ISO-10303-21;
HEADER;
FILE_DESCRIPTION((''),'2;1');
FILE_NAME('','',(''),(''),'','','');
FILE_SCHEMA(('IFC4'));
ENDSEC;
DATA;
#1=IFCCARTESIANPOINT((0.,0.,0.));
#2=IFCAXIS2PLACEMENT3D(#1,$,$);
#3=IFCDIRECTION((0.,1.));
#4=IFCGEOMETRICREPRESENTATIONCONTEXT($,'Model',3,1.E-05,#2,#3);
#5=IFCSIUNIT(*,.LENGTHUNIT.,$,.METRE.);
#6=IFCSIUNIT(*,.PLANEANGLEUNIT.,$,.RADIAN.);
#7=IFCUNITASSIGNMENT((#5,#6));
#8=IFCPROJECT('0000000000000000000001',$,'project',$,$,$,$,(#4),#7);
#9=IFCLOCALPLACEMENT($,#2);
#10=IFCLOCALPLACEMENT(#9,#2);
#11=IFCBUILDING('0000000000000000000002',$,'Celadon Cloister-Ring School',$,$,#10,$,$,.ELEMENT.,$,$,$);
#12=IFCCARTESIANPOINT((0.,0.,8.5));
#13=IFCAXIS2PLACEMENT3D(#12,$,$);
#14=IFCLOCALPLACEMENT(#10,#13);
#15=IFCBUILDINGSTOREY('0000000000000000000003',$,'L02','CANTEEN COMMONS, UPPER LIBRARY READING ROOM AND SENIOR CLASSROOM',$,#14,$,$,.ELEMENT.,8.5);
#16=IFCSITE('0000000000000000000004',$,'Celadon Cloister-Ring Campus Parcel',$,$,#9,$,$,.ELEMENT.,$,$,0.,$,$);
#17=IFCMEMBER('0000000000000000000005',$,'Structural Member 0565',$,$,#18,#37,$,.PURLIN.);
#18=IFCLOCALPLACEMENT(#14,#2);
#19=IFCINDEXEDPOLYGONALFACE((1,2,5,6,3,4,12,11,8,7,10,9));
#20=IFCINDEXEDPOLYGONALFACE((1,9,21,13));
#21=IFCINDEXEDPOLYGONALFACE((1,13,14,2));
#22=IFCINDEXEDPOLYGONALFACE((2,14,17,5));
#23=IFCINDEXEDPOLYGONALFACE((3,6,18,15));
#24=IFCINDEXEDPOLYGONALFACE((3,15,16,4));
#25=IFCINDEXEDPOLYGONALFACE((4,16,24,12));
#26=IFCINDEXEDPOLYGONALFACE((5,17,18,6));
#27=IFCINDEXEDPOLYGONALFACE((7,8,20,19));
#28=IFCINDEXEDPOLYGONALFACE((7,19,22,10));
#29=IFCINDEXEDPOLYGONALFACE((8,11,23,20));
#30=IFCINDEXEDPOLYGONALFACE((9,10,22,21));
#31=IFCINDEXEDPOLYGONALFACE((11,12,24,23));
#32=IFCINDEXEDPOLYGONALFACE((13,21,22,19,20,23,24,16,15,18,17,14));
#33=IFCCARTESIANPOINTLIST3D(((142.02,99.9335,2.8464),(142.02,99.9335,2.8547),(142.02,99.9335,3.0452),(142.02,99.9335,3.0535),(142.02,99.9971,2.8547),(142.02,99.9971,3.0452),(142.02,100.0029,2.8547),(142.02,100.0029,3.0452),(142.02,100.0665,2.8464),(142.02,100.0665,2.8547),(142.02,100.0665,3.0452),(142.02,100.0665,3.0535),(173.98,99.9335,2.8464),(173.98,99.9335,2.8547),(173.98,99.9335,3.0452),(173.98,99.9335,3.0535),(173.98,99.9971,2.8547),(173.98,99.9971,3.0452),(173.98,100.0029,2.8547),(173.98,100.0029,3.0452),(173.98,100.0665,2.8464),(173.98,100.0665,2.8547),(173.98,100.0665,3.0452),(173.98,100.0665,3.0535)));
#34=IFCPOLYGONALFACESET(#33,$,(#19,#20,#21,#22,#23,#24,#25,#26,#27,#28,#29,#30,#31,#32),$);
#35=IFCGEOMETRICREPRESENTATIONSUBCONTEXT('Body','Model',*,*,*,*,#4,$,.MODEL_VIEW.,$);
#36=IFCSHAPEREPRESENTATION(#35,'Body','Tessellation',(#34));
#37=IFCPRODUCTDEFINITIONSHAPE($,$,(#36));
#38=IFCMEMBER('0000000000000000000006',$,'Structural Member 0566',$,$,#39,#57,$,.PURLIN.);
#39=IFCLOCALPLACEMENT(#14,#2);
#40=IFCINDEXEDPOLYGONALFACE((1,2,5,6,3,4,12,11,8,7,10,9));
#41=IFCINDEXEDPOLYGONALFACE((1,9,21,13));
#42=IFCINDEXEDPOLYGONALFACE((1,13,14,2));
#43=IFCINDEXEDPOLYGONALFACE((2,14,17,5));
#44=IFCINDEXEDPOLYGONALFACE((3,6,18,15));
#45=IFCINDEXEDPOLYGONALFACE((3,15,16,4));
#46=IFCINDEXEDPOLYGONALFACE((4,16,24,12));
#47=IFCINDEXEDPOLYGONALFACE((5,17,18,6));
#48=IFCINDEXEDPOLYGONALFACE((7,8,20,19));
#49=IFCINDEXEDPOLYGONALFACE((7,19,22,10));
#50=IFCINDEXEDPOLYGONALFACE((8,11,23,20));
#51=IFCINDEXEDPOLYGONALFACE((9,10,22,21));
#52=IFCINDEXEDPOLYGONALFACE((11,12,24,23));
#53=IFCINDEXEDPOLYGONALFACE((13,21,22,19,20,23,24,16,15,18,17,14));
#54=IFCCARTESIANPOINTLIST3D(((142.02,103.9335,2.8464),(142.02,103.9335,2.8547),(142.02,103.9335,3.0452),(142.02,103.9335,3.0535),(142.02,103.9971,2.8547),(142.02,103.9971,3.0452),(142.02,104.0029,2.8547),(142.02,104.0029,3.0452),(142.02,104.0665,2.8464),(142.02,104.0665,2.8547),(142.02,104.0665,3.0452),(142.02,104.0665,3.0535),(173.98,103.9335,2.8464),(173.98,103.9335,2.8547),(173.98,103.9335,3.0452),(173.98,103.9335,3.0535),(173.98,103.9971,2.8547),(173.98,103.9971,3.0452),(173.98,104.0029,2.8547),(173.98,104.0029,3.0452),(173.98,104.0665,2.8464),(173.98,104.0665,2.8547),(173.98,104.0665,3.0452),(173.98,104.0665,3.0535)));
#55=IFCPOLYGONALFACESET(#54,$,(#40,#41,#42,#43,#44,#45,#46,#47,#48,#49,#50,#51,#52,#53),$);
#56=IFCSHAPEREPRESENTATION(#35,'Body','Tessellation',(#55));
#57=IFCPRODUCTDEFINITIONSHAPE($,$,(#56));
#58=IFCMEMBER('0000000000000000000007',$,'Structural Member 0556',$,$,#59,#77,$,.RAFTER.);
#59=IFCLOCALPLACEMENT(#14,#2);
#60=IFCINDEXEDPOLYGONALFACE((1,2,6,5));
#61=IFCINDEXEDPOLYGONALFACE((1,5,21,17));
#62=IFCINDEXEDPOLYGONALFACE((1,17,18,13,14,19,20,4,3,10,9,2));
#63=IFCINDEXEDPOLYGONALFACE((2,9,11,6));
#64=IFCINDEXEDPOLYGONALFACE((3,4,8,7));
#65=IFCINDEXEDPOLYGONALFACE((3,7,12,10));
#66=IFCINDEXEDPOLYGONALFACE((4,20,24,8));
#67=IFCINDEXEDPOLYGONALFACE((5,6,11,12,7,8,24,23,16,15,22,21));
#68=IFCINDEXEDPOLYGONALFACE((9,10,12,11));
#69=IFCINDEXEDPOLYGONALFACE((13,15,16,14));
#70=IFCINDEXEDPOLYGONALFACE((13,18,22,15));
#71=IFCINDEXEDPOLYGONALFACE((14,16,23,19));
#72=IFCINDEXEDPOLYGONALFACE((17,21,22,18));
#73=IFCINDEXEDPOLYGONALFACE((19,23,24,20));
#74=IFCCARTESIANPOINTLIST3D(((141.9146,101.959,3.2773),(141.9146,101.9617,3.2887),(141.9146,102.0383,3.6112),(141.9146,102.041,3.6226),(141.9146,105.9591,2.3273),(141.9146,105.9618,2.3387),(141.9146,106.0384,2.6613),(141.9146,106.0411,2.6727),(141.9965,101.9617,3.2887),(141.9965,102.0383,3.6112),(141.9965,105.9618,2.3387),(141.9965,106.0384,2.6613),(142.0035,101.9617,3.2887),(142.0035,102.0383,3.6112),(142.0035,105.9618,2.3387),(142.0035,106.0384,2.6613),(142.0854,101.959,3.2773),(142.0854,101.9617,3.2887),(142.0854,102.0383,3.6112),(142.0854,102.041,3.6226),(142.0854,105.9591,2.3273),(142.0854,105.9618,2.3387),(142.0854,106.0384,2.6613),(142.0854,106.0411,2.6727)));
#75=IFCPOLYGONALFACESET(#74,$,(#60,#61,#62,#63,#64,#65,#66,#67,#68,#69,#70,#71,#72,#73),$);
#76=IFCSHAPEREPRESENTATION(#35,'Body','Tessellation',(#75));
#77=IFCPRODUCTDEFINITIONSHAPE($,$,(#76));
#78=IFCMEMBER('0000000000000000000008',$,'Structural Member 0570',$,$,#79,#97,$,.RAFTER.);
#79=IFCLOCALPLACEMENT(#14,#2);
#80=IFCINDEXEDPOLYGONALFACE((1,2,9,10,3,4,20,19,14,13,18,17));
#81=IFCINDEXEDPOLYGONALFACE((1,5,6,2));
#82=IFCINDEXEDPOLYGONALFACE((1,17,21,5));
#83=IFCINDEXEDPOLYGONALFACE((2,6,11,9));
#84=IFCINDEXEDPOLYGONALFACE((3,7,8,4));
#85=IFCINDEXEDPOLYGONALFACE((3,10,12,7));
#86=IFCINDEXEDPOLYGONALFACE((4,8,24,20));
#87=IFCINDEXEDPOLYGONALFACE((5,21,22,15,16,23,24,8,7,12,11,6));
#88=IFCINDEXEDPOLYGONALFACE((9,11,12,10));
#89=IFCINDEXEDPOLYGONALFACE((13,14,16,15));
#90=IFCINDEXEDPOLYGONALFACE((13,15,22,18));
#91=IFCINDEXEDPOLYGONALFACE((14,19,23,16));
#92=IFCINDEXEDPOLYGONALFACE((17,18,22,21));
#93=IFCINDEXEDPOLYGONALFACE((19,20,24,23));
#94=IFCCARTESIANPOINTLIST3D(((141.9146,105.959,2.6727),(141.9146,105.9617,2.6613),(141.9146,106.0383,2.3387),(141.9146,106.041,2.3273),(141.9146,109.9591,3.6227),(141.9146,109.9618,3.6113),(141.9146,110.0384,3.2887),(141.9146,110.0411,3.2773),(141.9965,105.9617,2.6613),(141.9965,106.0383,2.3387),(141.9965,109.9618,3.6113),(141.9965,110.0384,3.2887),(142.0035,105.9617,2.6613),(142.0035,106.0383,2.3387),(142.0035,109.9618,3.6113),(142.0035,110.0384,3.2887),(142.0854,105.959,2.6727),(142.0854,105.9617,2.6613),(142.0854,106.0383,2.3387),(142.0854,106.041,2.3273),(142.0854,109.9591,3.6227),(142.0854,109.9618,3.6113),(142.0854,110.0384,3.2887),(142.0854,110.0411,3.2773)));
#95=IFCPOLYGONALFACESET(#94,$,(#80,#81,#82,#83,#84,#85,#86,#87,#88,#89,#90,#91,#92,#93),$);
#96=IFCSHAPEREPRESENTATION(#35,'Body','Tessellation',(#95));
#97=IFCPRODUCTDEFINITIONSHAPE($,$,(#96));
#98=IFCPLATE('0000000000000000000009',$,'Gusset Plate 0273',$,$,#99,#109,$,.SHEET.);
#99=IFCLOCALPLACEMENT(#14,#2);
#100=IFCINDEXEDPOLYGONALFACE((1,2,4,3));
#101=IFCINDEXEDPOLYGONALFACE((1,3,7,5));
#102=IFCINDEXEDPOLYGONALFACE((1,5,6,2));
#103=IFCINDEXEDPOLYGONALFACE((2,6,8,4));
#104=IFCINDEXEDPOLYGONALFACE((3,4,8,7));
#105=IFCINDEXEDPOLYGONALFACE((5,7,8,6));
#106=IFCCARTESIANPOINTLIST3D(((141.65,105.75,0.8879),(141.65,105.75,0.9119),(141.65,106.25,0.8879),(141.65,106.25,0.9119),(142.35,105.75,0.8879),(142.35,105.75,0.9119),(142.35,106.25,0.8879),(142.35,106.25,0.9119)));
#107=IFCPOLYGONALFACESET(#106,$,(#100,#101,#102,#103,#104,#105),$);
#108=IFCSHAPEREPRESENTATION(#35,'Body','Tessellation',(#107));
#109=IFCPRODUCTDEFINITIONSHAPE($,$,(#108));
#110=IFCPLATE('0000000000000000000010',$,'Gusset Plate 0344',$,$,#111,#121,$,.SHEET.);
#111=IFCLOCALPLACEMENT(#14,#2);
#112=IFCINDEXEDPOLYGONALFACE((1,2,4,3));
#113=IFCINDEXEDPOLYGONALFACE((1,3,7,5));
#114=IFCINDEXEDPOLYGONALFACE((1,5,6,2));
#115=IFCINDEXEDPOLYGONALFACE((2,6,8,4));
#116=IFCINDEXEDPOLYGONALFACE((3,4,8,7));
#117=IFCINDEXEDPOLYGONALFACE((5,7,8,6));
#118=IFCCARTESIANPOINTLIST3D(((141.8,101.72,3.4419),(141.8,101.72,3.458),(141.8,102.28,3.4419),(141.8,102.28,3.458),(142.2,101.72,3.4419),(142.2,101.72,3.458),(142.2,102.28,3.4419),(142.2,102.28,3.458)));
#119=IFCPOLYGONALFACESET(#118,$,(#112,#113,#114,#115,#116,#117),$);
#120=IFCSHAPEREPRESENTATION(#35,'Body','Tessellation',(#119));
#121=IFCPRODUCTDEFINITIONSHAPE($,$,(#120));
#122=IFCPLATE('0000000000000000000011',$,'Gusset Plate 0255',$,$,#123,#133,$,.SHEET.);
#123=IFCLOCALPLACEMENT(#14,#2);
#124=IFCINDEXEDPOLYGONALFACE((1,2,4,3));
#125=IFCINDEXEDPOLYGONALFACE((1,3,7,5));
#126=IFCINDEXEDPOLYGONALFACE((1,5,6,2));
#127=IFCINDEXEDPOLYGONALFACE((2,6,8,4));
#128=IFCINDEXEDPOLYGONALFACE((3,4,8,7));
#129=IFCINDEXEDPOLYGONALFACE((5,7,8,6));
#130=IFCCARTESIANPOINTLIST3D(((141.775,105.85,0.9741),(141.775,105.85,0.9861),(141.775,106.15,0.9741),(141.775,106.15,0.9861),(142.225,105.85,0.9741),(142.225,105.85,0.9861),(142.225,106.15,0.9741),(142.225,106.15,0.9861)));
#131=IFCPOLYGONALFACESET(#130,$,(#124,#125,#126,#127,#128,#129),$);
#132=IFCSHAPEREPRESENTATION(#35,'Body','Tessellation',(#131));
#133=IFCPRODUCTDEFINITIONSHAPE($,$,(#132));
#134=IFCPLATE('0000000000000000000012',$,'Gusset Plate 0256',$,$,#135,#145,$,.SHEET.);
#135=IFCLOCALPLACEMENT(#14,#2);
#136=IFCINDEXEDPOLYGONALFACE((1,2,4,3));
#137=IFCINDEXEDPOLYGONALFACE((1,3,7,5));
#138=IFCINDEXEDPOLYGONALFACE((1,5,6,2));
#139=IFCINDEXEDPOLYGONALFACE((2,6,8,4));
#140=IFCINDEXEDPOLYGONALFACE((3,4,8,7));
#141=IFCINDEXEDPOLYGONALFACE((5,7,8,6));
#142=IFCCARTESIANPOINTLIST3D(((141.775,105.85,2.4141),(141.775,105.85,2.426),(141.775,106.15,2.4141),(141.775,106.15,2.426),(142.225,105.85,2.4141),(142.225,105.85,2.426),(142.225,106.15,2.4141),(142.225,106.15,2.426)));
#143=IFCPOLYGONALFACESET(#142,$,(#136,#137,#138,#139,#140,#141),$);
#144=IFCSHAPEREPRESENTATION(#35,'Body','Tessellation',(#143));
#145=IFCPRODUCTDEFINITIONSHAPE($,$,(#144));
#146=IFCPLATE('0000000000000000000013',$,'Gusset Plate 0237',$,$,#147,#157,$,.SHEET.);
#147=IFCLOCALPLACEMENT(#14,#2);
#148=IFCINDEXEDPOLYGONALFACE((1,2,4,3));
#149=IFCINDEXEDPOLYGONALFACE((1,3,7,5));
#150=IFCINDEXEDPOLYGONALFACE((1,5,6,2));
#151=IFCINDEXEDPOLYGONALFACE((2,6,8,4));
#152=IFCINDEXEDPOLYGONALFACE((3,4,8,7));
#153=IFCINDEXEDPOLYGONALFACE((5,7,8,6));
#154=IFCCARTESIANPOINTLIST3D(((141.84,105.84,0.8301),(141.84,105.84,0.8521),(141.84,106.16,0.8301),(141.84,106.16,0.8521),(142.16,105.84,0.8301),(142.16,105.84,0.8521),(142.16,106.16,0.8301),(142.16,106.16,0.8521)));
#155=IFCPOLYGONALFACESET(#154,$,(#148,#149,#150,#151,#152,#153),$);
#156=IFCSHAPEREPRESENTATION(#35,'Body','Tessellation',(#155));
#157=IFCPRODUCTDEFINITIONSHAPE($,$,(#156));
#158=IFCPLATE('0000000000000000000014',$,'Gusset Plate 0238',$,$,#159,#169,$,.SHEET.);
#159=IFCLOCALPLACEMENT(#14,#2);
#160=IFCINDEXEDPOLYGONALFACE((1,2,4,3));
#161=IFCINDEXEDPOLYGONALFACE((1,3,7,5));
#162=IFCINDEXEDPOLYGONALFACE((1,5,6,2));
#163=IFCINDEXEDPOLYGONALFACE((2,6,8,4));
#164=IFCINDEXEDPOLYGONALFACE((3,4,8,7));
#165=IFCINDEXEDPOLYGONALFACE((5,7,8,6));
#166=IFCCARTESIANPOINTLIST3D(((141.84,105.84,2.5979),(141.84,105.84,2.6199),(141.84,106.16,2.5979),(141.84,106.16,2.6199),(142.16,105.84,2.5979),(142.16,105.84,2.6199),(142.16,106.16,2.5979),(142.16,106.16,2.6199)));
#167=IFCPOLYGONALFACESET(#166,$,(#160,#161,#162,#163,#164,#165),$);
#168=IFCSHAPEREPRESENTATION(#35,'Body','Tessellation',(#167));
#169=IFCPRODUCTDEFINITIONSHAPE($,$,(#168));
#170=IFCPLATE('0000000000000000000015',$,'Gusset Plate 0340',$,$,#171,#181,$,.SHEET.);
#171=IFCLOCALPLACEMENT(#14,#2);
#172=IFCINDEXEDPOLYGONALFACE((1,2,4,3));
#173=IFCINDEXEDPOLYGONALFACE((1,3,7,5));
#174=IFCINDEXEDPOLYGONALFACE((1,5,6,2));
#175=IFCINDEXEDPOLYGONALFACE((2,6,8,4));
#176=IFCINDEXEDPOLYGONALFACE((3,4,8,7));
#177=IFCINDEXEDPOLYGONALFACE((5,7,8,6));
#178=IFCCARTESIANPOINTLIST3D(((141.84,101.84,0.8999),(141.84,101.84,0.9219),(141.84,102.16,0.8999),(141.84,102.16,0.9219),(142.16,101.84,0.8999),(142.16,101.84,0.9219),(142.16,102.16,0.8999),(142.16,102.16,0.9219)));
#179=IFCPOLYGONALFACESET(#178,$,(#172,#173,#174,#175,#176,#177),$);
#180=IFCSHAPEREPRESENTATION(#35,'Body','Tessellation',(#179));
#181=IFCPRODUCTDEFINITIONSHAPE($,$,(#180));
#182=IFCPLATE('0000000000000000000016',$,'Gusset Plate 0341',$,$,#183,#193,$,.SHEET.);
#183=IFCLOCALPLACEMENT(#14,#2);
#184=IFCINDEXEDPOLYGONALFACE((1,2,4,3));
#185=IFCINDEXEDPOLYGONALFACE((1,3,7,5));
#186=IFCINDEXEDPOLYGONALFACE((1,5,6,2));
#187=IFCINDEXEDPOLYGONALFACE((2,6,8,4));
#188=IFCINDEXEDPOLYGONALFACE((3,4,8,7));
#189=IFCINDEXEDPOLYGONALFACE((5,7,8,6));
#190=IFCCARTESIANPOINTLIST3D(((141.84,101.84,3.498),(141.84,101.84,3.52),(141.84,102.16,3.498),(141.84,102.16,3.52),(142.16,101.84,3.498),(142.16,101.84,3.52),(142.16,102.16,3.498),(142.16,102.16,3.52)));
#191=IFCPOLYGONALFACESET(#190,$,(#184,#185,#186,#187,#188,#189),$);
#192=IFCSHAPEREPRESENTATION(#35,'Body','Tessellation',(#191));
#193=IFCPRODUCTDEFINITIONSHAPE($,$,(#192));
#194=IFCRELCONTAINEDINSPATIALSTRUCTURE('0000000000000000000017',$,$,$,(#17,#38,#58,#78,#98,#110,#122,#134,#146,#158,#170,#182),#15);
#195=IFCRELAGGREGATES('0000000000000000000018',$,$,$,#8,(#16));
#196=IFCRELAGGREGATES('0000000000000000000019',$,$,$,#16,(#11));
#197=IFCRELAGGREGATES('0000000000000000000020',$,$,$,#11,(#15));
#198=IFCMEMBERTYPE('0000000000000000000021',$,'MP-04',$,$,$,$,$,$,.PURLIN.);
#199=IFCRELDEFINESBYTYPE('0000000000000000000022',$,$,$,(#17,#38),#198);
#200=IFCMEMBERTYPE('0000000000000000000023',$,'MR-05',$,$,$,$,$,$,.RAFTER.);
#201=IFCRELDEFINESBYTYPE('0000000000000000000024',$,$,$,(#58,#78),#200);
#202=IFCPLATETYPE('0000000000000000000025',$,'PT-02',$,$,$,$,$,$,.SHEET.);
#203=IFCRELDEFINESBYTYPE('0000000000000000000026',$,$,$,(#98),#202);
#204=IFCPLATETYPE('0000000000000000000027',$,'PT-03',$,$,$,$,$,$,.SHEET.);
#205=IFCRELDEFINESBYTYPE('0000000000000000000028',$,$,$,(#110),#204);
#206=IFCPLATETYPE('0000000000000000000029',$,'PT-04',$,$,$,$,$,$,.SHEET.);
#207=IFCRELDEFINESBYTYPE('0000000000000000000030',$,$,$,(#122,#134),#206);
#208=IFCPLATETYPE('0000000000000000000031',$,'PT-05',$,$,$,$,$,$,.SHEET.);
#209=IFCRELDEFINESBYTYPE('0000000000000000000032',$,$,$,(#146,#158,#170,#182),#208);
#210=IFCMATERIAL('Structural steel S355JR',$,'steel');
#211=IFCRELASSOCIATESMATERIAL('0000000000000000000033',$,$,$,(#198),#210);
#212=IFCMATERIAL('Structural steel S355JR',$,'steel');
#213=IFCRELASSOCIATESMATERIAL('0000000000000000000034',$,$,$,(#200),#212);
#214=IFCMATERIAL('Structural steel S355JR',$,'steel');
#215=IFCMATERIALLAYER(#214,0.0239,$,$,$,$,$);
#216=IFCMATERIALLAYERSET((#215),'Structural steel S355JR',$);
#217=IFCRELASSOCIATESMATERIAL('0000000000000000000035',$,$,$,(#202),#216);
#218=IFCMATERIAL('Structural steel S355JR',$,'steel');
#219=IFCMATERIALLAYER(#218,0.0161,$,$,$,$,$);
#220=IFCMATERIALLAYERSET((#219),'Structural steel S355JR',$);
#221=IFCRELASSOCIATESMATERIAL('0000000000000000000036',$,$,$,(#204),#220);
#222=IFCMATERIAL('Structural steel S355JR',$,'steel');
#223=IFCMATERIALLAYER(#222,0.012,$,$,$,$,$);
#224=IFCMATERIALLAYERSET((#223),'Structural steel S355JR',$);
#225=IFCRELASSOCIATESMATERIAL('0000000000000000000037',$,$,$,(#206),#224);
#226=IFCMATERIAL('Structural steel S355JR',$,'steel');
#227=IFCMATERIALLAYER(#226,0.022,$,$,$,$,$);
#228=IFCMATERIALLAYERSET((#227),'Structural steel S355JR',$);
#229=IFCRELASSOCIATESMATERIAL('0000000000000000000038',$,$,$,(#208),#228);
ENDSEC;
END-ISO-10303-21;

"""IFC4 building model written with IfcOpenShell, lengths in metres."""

from ifc_helpers import new_model, si_unit, direction, frame, origin, origin_2d, place, context, subcontext, project, spatial, rectangle, i_section, extrude, material, layer, layer_set, material_profile, profile_set, type_object, element, save


model = new_model("IFC4")

# Units and contexts
model_context = context("Model", 3, precision=1e-05, world=origin(), true_north=direction((0.0, 1.0)))
body_context = subcontext(model_context, "Body", "Model", "MODEL_VIEW")
ifc_project = project(units=[si_unit("LENGTHUNIT", "METRE"), si_unit("PLANEANGLEUNIT", "RADIAN")], contexts=[model_context])

# Site, building, storey
site_placement = place(None, origin())
site = spatial("IfcSite", under=ifc_project, at=site_placement, Name="Celadon Cloister-Ring Campus Parcel", CompositionType="ELEMENT", RefElevation=0.0)
building_placement = place(site_placement, origin())
building = spatial("IfcBuilding", under=site, at=building_placement, Name="Celadon Cloister-Ring School", CompositionType="ELEMENT")
storey_placement = place(building_placement, frame((0.0, 0.0, 8.5)))
storey = spatial("IfcBuildingStorey", under=building, at=storey_placement, Name="L02", Description="CANTEEN COMMONS, UPPER LIBRARY READING ROOM AND SENIOR CLASSROOM", CompositionType="ELEMENT", Elevation=8.5)

# Members
ifc_material_1 = material(Name="Structural steel S355JR", Category="steel")
ifc_material_profile_1 = material_profile(ifc_material_1, i_section(OverallWidth=0.1331, OverallDepth=0.207, WebThickness=0.0059, FlangeThickness=0.0083, at=origin_2d()), Name="W200X27")
ifc_profile_set_1 = profile_set([ifc_material_profile_1], Name="Structural steel S355JR")
member_type_1 = type_object("IfcMemberType", Name="MP-04", PredefinedType="PURLIN", material=ifc_profile_set_1)
for number, where, z_axis, x_axis, name in (
    (1, (142.02, 100.0, 2.95), (1.0, 0.0, 0.0), (0.0, 1.0, 0.0), "Structural Member 0565"),
    (2, (142.02, 104.0, 2.95), (1.0, 0.0, 0.0), (0.0, 1.0, 0.0), "Structural Member 0566"),
):
    element("IfcMember", number, at=place(storey_placement, frame(where, z_axis=z_axis, x_axis=x_axis)), inside=storey, type_object=member_type_1, Name=name, PredefinedType="PURLIN", context=body_context, shape_type="SweptSolid", body=[
        extrude(i_section(OverallWidth=0.1331, OverallDepth=0.207, WebThickness=0.0059, FlangeThickness=0.0083, at=origin_2d()), origin(), (0.0, 0.0, 1.0), 31.96),
    ])
ifc_material_2 = material(Name="Structural steel S355JR", Category="steel")
ifc_material_profile_2 = material_profile(ifc_material_2, i_section(OverallWidth=0.1709, OverallDepth=0.355, WebThickness=0.0071, FlangeThickness=0.0117, at=origin_2d()), Name="W360X51")
ifc_profile_set_2 = profile_set([ifc_material_profile_2], Name="Structural steel S355JR")
member_type_2 = type_object("IfcMemberType", Name="MR-05", PredefinedType="RAFTER", material=ifc_profile_set_2)
for number, where, z_axis, x_axis, name in (
    (3, (142.0, 102.0, 3.45), (0.0, 0.972939, -0.231061), (-1.0, 0.0, 0.0), "Structural Member 0556"),
    (4, (142.0, 106.0, 2.5), (0.0, 0.972939, 0.231061), (-1.0, 0.0, 0.0), "Structural Member 0570"),
):
    element("IfcMember", number, at=place(storey_placement, frame(where, z_axis=z_axis, x_axis=x_axis)), inside=storey, type_object=member_type_2, Name=name, PredefinedType="RAFTER", context=body_context, shape_type="SweptSolid", body=[
        extrude(i_section(OverallWidth=0.1709, OverallDepth=0.355, WebThickness=0.0071, FlangeThickness=0.0117, at=origin_2d()), origin(), (0.0, 0.0, 1.0), 4.1113),
    ])

# Plates
ifc_material_3 = material(Name="Structural steel S355JR", Category="steel")
ifc_layer_1 = layer(ifc_material_3, 0.0239)
ifc_layer_set_1 = layer_set([ifc_layer_1], Name="Structural steel S355JR")
plate_type_1 = type_object("IfcPlateType", Name="PT-02", PredefinedType="SHEET", material=ifc_layer_set_1)
plate_1_placement = place(storey_placement, frame((142.0, 106.0, 0.8879), z_axis=(0.0, 0.0, 1.0), x_axis=(1.0, 0.0, 0.0)))
element("IfcPlate", 5, at=plate_1_placement, inside=storey, type_object=plate_type_1, Name="Gusset Plate 0273", PredefinedType="SHEET", context=body_context, shape_type="SweptSolid", body=[
    extrude(rectangle(XDim=0.7, YDim=0.5, at=origin_2d()), origin(), (0.0, 0.0, 1.0), 0.0239),
])
ifc_material_4 = material(Name="Structural steel S355JR", Category="steel")
ifc_layer_2 = layer(ifc_material_4, 0.0161)
ifc_layer_set_2 = layer_set([ifc_layer_2], Name="Structural steel S355JR")
plate_type_2 = type_object("IfcPlateType", Name="PT-03", PredefinedType="SHEET", material=ifc_layer_set_2)
plate_2_placement = place(storey_placement, frame((142.0, 102.0, 3.4419), z_axis=(0.0, 0.0, 1.0), x_axis=(0.0, 1.0, 0.0)))
element("IfcPlate", 6, at=plate_2_placement, inside=storey, type_object=plate_type_2, Name="Gusset Plate 0344", PredefinedType="SHEET", context=body_context, shape_type="SweptSolid", body=[
    extrude(rectangle(XDim=0.5601, YDim=0.3999, at=origin_2d()), origin(), (0.0, 0.0, 1.0), 0.0161),
])
ifc_material_5 = material(Name="Structural steel S355JR", Category="steel")
ifc_layer_3 = layer(ifc_material_5, 0.012)
ifc_layer_set_3 = layer_set([ifc_layer_3], Name="Structural steel S355JR")
plate_type_3 = type_object("IfcPlateType", Name="PT-04", PredefinedType="SHEET", material=ifc_layer_set_3)
for number, where, z_axis, x_axis, name in (
    (7, (142.0, 106.0, 0.9741), (0.0, 0.0, 1.0), (1.0, 0.0, 0.0), "Gusset Plate 0255"),
    (8, (142.0, 106.0, 2.4141), (0.0, 0.0, 1.0), (1.0, 0.0, 0.0), "Gusset Plate 0256"),
):
    element("IfcPlate", number, at=place(storey_placement, frame(where, z_axis=z_axis, x_axis=x_axis)), inside=storey, type_object=plate_type_3, Name=name, PredefinedType="SHEET", context=body_context, shape_type="SweptSolid", body=[
        extrude(rectangle(XDim=0.45, YDim=0.3, at=origin_2d()), origin(), (0.0, 0.0, 1.0), 0.012),
    ])
ifc_material_6 = material(Name="Structural steel S355JR", Category="steel")
ifc_layer_4 = layer(ifc_material_6, 0.022)
ifc_layer_set_4 = layer_set([ifc_layer_4], Name="Structural steel S355JR")
plate_type_4 = type_object("IfcPlateType", Name="PT-05", PredefinedType="SHEET", material=ifc_layer_set_4)
for number, where, z_axis, x_axis, name in (
    (9, (142.0, 106.0, 0.8301), (0.0, 0.0, 1.0), (1.0, 0.0, 0.0), "Gusset Plate 0237"),
    (10, (142.0, 106.0, 2.5979), (0.0, 0.0, 1.0), (1.0, 0.0, 0.0), "Gusset Plate 0238"),
    (11, (142.0, 102.0, 0.8999), (0.0, 0.0, 1.0), (1.0, 0.0, 0.0), "Gusset Plate 0340"),
    (12, (142.0, 102.0, 3.498), (0.0, 0.0, 1.0), (1.0, 0.0, 0.0), "Gusset Plate 0341"),
):
    element("IfcPlate", number, at=place(storey_placement, frame(where, z_axis=z_axis, x_axis=x_axis)), inside=storey, type_object=plate_type_4, Name=name, PredefinedType="SHEET", context=body_context, shape_type="SweptSolid", body=[
        extrude(rectangle(XDim=0.3201, YDim=0.3201, at=origin_2d()), origin(), (0.0, 0.0, 1.0), 0.022),
    ])

save(model, "model.ifc")
